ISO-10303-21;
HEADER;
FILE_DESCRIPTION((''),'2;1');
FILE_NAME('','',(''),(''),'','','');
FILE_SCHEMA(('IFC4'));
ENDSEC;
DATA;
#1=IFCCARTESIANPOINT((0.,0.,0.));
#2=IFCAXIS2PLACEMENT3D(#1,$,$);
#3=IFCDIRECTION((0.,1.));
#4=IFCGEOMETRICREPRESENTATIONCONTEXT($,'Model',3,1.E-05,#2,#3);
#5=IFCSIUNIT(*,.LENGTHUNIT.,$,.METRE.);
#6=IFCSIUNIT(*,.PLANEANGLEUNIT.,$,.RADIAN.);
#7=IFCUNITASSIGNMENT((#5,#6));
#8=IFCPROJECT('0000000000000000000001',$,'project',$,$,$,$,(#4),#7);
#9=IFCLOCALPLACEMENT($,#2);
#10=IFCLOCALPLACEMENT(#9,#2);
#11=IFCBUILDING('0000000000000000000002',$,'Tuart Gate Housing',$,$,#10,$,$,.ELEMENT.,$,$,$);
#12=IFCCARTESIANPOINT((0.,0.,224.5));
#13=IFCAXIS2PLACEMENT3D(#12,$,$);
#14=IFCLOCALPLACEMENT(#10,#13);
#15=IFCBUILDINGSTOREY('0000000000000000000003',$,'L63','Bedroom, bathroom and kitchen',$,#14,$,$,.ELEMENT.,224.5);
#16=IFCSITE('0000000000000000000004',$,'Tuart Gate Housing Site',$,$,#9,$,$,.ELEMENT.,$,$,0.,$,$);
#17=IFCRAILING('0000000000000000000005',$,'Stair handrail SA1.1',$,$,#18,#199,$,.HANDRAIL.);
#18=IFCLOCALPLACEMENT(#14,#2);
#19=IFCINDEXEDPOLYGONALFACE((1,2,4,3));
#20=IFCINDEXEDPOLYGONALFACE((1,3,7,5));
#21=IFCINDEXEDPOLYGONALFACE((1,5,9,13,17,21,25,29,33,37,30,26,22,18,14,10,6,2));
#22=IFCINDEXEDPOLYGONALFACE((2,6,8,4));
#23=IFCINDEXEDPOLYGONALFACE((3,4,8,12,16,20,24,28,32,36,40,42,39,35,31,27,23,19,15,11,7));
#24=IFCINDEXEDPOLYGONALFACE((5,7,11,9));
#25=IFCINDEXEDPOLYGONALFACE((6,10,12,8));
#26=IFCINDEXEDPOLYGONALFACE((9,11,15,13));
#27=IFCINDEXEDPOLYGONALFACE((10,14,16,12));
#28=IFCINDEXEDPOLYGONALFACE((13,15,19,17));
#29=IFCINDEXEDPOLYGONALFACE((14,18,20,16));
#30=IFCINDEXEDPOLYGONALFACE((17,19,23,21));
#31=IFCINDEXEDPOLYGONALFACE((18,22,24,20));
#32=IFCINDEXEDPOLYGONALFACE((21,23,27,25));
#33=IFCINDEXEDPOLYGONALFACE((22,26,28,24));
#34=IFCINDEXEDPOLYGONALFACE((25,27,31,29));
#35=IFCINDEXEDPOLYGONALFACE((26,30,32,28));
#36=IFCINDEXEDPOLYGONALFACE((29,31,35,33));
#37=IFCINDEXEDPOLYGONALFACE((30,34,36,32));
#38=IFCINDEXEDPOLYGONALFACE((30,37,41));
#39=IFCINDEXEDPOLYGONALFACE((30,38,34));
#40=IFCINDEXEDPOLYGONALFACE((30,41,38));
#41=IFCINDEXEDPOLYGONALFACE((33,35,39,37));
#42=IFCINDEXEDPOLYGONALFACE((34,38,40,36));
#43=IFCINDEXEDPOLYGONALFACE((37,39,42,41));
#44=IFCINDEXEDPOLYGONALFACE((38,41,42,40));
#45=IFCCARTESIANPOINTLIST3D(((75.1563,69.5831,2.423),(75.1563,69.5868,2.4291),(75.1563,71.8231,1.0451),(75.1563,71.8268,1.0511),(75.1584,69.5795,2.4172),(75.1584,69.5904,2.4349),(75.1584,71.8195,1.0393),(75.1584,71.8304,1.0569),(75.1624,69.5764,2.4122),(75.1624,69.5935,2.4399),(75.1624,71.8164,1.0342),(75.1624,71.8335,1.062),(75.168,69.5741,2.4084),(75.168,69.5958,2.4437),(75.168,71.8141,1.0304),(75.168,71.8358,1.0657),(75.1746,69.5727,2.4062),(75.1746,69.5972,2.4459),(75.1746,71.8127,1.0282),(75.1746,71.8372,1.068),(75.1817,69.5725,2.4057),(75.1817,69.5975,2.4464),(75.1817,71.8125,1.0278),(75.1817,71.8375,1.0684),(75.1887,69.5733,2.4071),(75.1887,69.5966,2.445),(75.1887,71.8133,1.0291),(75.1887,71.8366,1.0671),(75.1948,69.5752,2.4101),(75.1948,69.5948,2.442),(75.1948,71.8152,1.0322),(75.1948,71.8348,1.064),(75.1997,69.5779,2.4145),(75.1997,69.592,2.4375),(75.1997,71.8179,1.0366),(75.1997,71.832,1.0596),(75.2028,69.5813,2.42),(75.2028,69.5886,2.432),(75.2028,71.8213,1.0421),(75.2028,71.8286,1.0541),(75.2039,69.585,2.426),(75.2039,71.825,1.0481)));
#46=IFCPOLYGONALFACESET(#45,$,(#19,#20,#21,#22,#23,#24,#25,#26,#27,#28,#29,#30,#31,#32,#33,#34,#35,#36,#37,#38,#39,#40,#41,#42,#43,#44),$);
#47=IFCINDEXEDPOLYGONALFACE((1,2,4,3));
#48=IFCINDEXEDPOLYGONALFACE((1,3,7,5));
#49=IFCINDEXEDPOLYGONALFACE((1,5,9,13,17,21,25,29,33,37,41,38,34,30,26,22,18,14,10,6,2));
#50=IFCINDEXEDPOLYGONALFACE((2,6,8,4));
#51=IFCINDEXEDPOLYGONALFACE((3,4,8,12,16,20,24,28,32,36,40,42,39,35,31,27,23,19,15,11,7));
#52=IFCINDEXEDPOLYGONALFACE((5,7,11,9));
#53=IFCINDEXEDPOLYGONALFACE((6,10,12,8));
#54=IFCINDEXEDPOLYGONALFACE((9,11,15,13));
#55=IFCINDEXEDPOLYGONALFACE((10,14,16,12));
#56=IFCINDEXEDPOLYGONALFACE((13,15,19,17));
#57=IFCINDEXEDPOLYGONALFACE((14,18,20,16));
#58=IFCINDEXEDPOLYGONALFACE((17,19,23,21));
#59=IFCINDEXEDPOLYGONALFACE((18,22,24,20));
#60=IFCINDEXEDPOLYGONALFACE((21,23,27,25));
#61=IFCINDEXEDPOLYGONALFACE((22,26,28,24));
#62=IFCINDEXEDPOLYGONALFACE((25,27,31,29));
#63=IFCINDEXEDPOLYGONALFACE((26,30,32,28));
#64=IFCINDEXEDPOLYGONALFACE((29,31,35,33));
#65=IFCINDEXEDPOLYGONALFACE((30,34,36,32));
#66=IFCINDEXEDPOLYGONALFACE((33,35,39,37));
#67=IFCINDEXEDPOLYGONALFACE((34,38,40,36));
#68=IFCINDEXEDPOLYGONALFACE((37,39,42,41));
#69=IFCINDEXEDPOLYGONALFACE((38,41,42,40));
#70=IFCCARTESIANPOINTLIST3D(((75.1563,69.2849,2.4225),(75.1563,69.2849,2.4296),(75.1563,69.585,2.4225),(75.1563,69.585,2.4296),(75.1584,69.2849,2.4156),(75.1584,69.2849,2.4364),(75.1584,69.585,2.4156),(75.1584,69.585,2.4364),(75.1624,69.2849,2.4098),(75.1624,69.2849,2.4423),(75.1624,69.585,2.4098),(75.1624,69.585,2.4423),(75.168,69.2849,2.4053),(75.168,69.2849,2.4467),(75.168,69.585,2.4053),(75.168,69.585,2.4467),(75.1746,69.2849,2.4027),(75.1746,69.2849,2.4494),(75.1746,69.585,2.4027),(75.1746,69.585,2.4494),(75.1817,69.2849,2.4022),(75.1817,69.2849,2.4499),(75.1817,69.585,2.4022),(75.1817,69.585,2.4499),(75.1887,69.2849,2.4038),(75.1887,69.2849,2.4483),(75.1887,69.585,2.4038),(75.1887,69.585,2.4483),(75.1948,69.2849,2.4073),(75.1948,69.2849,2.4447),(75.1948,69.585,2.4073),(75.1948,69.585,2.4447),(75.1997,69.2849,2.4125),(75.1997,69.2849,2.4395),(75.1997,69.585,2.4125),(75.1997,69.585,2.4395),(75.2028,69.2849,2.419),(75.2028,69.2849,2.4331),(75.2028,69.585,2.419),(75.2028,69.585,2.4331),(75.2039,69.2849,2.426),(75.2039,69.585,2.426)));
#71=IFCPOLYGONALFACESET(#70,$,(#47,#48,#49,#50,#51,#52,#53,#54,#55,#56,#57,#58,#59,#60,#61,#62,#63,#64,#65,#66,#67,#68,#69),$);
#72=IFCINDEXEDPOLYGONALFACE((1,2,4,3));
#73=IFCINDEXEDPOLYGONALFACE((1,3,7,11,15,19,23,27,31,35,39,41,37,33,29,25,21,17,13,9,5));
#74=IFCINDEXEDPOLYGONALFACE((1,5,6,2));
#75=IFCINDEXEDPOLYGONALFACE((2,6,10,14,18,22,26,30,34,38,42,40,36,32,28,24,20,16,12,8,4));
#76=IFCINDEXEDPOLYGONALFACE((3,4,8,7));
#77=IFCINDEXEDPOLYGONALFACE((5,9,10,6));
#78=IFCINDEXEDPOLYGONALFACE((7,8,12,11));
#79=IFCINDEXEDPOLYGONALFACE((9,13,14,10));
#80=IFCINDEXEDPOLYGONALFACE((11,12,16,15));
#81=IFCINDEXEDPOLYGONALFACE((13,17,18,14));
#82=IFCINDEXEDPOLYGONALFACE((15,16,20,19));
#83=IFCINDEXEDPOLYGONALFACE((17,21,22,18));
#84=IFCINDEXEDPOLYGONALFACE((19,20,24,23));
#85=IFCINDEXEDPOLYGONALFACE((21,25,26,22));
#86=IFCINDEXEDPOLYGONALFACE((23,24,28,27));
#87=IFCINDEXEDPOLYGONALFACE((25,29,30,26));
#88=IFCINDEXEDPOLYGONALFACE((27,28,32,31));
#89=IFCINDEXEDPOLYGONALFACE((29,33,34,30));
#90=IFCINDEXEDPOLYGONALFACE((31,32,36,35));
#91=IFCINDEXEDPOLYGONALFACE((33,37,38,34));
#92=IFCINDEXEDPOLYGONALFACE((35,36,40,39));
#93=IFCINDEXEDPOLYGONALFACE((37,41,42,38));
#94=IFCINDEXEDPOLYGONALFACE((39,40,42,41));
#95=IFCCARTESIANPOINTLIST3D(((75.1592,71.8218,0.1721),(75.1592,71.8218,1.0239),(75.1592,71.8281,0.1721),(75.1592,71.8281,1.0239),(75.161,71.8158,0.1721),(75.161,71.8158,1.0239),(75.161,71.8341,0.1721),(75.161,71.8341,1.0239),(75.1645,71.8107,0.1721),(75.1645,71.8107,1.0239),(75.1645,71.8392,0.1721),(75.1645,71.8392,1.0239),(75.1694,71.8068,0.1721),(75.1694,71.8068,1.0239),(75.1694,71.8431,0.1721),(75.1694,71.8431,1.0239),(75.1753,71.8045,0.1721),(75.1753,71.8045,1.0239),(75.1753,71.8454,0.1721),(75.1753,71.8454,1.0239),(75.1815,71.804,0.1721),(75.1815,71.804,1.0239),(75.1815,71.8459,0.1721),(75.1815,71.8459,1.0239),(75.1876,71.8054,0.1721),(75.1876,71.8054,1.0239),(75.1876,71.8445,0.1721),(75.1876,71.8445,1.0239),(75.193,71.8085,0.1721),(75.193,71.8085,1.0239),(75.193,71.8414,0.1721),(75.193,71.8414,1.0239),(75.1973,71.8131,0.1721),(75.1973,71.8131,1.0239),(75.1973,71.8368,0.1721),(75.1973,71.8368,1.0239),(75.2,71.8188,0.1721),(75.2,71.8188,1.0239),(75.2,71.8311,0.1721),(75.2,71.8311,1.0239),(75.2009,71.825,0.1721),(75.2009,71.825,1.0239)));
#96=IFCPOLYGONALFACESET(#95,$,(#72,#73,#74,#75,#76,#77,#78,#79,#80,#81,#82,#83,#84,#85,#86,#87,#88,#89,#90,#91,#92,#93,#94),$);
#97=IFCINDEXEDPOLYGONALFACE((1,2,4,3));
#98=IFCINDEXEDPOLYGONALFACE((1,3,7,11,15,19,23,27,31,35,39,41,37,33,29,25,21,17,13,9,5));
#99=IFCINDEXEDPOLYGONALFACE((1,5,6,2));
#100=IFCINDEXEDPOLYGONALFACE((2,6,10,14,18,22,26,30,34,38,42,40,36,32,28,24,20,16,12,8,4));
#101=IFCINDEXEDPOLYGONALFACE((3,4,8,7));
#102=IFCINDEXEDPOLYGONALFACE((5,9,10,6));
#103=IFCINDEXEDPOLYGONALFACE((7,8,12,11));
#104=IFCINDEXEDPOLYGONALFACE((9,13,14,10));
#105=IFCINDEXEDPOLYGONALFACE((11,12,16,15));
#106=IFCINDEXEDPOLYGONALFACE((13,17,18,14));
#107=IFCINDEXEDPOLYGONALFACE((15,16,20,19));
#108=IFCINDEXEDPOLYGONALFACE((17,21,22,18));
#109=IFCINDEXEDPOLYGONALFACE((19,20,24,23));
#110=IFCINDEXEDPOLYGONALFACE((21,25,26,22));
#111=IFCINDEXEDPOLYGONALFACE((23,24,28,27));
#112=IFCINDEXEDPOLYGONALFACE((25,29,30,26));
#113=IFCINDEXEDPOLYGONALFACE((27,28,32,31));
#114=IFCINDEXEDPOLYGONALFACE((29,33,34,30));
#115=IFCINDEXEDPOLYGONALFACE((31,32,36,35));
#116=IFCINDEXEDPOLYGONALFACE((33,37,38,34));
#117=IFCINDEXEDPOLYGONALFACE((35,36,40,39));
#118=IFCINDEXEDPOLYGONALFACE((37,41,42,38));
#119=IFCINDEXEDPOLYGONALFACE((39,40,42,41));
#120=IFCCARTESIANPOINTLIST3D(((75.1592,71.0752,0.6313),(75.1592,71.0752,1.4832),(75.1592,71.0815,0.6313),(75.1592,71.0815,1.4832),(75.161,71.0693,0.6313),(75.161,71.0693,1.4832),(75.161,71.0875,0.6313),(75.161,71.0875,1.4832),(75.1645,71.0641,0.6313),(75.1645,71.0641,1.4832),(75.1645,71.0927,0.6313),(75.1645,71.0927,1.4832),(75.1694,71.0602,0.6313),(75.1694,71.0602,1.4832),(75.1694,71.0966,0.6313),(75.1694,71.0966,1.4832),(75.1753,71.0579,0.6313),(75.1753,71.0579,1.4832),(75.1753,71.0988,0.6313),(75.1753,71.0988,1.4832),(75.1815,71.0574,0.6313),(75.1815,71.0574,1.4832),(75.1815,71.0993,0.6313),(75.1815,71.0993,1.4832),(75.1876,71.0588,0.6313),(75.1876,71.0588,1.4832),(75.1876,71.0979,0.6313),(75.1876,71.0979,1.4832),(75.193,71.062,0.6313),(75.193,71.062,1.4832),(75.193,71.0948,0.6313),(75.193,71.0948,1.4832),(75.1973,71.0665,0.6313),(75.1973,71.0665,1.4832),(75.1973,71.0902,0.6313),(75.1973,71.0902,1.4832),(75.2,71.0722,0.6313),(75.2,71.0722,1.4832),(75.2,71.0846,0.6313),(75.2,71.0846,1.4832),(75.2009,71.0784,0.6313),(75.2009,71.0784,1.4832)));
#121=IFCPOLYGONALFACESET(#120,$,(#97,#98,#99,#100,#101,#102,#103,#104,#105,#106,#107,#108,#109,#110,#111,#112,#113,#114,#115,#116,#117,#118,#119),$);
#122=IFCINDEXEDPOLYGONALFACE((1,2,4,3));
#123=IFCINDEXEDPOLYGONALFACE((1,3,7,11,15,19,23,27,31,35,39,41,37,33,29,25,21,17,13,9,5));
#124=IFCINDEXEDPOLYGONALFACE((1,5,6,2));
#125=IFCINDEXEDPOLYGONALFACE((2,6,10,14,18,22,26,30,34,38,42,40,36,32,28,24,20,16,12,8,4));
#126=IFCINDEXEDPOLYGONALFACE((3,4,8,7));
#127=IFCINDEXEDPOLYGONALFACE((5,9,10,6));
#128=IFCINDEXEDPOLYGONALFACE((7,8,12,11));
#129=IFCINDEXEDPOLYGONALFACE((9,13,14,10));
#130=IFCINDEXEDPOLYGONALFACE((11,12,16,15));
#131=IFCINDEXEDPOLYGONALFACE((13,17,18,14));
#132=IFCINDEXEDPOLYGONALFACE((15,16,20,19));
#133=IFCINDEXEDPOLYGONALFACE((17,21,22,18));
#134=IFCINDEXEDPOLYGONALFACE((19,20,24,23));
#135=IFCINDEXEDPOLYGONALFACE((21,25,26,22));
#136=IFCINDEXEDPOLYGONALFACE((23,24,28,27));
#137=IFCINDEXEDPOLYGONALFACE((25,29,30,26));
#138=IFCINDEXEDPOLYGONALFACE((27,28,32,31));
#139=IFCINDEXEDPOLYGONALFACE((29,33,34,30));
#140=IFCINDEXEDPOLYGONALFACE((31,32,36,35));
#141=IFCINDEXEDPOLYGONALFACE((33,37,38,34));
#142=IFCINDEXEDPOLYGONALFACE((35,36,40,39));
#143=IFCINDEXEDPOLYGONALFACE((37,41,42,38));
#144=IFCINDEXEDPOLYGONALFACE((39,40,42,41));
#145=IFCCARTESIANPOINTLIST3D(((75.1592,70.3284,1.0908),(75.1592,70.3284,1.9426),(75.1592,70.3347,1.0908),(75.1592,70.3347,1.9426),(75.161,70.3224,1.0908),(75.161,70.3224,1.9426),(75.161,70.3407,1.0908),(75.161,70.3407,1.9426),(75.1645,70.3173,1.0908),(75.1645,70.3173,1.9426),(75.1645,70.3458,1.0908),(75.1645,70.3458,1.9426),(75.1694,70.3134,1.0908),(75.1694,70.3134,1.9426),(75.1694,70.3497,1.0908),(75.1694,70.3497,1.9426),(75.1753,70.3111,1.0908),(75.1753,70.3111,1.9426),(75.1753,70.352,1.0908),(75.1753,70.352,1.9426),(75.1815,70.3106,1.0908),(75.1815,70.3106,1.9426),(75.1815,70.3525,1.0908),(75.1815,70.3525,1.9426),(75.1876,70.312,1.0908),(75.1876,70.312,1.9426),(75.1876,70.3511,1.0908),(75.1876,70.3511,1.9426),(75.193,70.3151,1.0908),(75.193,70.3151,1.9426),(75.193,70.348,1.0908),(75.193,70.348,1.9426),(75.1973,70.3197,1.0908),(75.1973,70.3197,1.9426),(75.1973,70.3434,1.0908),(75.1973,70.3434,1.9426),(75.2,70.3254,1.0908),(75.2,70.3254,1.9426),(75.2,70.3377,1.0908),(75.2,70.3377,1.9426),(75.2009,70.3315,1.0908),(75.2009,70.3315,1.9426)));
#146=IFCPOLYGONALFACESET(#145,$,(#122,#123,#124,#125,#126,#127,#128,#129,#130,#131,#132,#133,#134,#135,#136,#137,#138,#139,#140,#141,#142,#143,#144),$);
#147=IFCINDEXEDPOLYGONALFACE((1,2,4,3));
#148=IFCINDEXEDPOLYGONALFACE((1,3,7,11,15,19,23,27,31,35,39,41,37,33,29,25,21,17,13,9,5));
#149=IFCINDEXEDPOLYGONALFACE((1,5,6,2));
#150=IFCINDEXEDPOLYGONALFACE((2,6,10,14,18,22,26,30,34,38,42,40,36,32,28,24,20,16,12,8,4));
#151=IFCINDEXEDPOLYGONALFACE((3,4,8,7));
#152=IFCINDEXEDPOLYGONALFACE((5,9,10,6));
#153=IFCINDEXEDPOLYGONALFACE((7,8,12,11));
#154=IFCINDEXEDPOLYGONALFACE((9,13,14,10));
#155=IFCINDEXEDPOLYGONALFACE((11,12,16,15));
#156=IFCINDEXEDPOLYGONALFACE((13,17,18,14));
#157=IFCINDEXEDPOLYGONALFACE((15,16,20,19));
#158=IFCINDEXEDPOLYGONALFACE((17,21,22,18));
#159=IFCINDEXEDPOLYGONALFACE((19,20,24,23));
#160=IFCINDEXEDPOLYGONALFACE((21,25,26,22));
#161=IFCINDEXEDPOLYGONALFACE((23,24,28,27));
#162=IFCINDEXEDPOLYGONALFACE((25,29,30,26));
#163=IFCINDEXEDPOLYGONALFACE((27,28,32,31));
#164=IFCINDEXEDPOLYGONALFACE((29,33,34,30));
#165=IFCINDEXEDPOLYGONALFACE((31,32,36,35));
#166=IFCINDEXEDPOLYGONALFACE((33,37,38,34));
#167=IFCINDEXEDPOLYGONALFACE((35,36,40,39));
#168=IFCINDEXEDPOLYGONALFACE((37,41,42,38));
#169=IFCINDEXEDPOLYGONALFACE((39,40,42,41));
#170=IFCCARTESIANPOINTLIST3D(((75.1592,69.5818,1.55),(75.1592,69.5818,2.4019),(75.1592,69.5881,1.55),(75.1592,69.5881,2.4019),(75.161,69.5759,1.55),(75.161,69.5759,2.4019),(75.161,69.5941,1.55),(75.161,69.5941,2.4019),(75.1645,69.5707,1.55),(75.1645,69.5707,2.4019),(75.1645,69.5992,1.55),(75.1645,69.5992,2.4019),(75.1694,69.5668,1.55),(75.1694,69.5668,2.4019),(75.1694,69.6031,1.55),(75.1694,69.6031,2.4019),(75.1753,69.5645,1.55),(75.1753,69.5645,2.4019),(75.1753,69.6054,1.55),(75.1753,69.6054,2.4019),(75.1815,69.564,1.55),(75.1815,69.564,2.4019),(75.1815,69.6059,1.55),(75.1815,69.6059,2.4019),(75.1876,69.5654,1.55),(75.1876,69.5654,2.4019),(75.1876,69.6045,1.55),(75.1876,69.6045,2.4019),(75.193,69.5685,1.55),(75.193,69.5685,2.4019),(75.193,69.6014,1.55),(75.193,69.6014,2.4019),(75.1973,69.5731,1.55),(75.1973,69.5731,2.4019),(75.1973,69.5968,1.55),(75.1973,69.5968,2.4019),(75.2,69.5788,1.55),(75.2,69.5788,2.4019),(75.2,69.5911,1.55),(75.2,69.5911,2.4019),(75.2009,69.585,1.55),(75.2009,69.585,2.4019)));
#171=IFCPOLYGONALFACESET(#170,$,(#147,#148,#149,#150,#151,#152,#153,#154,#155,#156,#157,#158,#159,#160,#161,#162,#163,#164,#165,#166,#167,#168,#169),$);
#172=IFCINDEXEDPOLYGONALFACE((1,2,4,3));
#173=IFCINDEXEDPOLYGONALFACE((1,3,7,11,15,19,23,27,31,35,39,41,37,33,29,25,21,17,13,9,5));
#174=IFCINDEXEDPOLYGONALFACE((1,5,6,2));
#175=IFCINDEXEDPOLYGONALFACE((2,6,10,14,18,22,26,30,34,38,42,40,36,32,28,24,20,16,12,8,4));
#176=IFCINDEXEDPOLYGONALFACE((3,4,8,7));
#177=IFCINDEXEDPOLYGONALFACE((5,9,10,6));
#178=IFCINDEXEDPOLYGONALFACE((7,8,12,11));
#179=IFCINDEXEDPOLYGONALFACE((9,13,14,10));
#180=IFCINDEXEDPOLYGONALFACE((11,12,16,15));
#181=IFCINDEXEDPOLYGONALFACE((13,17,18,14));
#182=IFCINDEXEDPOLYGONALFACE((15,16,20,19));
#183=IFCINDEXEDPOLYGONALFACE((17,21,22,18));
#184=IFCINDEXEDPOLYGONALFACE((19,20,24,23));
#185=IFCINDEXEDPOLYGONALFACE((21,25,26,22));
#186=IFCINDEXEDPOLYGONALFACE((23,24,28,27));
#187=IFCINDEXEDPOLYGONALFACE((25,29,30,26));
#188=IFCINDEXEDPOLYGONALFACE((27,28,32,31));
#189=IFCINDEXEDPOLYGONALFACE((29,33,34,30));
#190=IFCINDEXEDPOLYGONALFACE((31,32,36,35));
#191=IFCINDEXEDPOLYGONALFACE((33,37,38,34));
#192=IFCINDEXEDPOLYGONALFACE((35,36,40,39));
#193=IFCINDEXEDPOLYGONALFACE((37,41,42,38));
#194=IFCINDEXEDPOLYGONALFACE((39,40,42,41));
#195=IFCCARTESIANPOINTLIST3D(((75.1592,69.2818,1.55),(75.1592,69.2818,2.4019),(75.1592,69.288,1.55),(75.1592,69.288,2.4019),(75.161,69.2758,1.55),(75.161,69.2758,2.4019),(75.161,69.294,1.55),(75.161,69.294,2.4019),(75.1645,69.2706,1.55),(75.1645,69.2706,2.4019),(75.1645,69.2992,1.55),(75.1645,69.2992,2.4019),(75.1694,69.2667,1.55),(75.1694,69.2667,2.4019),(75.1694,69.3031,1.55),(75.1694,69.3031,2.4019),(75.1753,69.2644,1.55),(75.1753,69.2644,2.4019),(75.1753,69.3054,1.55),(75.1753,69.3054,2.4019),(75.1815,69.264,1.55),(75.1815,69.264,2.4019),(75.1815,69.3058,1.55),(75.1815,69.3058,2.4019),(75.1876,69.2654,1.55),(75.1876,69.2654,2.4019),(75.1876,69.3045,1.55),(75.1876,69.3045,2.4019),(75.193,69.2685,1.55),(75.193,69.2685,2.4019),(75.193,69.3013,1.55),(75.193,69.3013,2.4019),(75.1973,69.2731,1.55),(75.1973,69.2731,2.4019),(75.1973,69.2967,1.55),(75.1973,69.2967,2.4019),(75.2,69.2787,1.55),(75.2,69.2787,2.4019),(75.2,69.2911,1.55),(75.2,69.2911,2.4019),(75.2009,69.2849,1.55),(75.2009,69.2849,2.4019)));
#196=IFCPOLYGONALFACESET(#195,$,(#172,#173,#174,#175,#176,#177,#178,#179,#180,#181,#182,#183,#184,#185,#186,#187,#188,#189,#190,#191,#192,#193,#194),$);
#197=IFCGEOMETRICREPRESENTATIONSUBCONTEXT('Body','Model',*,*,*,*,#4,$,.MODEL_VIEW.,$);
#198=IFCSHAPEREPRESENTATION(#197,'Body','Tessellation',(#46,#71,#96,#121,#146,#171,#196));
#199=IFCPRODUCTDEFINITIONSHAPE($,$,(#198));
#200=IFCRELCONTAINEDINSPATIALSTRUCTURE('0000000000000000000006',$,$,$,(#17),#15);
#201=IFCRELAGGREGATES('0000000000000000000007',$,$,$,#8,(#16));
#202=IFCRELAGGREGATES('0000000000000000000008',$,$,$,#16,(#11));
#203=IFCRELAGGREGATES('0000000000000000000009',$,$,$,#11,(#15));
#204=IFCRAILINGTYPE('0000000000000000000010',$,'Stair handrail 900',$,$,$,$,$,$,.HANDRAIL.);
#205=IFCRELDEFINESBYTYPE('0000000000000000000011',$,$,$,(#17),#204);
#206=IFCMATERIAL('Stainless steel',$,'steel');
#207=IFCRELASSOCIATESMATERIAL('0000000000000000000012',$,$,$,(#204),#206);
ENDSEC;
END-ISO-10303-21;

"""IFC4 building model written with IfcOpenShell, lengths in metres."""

from ifc_helpers import new_model, si_unit, direction, frame, origin, origin_2d, place, context, subcontext, project, spatial, circle, extrude, material, type_object, element, save


model = new_model("IFC4")

# Units and contexts
model_context = context("Model", 3, precision=1e-05, world=origin(), true_north=direction((0.0, 1.0)))
body_context = subcontext(model_context, "Body", "Model", "MODEL_VIEW")
ifc_project = project(units=[si_unit("LENGTHUNIT", "METRE"), si_unit("PLANEANGLEUNIT", "RADIAN")], contexts=[model_context])

# Site, building, storey
site_placement = place(None, origin())
site = spatial("IfcSite", under=ifc_project, at=site_placement, Name="Tuart Gate Housing Site", CompositionType="ELEMENT", RefElevation=0.0)
building_placement = place(site_placement, origin())
building = spatial("IfcBuilding", under=site, at=building_placement, Name="Tuart Gate Housing", CompositionType="ELEMENT")
storey_placement = place(building_placement, frame((0.0, 0.0, 224.5)))
storey = spatial("IfcBuildingStorey", under=building, at=storey_placement, Name="L63", Description="Bedroom, bathroom and kitchen", CompositionType="ELEMENT", Elevation=224.5)

# Railing
ifc_material_1 = material(Name="Stainless steel", Category="steel")
railing_type = type_object("IfcRailingType", Name="Stair handrail 900", PredefinedType="HANDRAIL", material=ifc_material_1)
railing_placement = place(storey_placement, frame((75.1799, 71.825, 0.1721)))
element("IfcRailing", 1, at=railing_placement, inside=storey, type_object=railing_type, Name="Stair handrail SA1.1", PredefinedType="HANDRAIL", context=body_context, shape_type="SweptSolid", body=[
    extrude(circle(Radius=0.0239, at=origin_2d()), frame((0.0, 0.0, 0.876), z_axis=(0.0, -0.851748, 0.523952), x_axis=(1.0, 0.0, 0.0)), (0.0, 0.0, 1.0), 2.6299),
    extrude(circle(Radius=0.0239, at=origin_2d()), frame((0.0, -2.24, 2.2539), z_axis=(0.0, -1.0, 0.0), x_axis=(1.0, 0.0, 0.0)), (0.0, 0.0, 1.0), 0.3),
    extrude(circle(Radius=0.021, at=origin_2d()), origin(), (0.0, 0.0, 1.0), 0.8518),
    extrude(circle(Radius=0.021, at=origin_2d()), frame((0.0, -0.7466, 0.4592)), (0.0, 0.0, 1.0), 0.8518),
    extrude(circle(Radius=0.021, at=origin_2d()), frame((0.0, -1.4934, 0.9187)), (0.0, 0.0, 1.0), 0.8518),
    extrude(circle(Radius=0.021, at=origin_2d()), frame((0.0, -2.24, 1.3779)), (0.0, 0.0, 1.0), 0.8518),
    extrude(circle(Radius=0.021, at=origin_2d()), frame((0.0, -2.54, 1.3779)), (0.0, 0.0, 1.0), 0.8518),
])

save(model, "model.ifc")
